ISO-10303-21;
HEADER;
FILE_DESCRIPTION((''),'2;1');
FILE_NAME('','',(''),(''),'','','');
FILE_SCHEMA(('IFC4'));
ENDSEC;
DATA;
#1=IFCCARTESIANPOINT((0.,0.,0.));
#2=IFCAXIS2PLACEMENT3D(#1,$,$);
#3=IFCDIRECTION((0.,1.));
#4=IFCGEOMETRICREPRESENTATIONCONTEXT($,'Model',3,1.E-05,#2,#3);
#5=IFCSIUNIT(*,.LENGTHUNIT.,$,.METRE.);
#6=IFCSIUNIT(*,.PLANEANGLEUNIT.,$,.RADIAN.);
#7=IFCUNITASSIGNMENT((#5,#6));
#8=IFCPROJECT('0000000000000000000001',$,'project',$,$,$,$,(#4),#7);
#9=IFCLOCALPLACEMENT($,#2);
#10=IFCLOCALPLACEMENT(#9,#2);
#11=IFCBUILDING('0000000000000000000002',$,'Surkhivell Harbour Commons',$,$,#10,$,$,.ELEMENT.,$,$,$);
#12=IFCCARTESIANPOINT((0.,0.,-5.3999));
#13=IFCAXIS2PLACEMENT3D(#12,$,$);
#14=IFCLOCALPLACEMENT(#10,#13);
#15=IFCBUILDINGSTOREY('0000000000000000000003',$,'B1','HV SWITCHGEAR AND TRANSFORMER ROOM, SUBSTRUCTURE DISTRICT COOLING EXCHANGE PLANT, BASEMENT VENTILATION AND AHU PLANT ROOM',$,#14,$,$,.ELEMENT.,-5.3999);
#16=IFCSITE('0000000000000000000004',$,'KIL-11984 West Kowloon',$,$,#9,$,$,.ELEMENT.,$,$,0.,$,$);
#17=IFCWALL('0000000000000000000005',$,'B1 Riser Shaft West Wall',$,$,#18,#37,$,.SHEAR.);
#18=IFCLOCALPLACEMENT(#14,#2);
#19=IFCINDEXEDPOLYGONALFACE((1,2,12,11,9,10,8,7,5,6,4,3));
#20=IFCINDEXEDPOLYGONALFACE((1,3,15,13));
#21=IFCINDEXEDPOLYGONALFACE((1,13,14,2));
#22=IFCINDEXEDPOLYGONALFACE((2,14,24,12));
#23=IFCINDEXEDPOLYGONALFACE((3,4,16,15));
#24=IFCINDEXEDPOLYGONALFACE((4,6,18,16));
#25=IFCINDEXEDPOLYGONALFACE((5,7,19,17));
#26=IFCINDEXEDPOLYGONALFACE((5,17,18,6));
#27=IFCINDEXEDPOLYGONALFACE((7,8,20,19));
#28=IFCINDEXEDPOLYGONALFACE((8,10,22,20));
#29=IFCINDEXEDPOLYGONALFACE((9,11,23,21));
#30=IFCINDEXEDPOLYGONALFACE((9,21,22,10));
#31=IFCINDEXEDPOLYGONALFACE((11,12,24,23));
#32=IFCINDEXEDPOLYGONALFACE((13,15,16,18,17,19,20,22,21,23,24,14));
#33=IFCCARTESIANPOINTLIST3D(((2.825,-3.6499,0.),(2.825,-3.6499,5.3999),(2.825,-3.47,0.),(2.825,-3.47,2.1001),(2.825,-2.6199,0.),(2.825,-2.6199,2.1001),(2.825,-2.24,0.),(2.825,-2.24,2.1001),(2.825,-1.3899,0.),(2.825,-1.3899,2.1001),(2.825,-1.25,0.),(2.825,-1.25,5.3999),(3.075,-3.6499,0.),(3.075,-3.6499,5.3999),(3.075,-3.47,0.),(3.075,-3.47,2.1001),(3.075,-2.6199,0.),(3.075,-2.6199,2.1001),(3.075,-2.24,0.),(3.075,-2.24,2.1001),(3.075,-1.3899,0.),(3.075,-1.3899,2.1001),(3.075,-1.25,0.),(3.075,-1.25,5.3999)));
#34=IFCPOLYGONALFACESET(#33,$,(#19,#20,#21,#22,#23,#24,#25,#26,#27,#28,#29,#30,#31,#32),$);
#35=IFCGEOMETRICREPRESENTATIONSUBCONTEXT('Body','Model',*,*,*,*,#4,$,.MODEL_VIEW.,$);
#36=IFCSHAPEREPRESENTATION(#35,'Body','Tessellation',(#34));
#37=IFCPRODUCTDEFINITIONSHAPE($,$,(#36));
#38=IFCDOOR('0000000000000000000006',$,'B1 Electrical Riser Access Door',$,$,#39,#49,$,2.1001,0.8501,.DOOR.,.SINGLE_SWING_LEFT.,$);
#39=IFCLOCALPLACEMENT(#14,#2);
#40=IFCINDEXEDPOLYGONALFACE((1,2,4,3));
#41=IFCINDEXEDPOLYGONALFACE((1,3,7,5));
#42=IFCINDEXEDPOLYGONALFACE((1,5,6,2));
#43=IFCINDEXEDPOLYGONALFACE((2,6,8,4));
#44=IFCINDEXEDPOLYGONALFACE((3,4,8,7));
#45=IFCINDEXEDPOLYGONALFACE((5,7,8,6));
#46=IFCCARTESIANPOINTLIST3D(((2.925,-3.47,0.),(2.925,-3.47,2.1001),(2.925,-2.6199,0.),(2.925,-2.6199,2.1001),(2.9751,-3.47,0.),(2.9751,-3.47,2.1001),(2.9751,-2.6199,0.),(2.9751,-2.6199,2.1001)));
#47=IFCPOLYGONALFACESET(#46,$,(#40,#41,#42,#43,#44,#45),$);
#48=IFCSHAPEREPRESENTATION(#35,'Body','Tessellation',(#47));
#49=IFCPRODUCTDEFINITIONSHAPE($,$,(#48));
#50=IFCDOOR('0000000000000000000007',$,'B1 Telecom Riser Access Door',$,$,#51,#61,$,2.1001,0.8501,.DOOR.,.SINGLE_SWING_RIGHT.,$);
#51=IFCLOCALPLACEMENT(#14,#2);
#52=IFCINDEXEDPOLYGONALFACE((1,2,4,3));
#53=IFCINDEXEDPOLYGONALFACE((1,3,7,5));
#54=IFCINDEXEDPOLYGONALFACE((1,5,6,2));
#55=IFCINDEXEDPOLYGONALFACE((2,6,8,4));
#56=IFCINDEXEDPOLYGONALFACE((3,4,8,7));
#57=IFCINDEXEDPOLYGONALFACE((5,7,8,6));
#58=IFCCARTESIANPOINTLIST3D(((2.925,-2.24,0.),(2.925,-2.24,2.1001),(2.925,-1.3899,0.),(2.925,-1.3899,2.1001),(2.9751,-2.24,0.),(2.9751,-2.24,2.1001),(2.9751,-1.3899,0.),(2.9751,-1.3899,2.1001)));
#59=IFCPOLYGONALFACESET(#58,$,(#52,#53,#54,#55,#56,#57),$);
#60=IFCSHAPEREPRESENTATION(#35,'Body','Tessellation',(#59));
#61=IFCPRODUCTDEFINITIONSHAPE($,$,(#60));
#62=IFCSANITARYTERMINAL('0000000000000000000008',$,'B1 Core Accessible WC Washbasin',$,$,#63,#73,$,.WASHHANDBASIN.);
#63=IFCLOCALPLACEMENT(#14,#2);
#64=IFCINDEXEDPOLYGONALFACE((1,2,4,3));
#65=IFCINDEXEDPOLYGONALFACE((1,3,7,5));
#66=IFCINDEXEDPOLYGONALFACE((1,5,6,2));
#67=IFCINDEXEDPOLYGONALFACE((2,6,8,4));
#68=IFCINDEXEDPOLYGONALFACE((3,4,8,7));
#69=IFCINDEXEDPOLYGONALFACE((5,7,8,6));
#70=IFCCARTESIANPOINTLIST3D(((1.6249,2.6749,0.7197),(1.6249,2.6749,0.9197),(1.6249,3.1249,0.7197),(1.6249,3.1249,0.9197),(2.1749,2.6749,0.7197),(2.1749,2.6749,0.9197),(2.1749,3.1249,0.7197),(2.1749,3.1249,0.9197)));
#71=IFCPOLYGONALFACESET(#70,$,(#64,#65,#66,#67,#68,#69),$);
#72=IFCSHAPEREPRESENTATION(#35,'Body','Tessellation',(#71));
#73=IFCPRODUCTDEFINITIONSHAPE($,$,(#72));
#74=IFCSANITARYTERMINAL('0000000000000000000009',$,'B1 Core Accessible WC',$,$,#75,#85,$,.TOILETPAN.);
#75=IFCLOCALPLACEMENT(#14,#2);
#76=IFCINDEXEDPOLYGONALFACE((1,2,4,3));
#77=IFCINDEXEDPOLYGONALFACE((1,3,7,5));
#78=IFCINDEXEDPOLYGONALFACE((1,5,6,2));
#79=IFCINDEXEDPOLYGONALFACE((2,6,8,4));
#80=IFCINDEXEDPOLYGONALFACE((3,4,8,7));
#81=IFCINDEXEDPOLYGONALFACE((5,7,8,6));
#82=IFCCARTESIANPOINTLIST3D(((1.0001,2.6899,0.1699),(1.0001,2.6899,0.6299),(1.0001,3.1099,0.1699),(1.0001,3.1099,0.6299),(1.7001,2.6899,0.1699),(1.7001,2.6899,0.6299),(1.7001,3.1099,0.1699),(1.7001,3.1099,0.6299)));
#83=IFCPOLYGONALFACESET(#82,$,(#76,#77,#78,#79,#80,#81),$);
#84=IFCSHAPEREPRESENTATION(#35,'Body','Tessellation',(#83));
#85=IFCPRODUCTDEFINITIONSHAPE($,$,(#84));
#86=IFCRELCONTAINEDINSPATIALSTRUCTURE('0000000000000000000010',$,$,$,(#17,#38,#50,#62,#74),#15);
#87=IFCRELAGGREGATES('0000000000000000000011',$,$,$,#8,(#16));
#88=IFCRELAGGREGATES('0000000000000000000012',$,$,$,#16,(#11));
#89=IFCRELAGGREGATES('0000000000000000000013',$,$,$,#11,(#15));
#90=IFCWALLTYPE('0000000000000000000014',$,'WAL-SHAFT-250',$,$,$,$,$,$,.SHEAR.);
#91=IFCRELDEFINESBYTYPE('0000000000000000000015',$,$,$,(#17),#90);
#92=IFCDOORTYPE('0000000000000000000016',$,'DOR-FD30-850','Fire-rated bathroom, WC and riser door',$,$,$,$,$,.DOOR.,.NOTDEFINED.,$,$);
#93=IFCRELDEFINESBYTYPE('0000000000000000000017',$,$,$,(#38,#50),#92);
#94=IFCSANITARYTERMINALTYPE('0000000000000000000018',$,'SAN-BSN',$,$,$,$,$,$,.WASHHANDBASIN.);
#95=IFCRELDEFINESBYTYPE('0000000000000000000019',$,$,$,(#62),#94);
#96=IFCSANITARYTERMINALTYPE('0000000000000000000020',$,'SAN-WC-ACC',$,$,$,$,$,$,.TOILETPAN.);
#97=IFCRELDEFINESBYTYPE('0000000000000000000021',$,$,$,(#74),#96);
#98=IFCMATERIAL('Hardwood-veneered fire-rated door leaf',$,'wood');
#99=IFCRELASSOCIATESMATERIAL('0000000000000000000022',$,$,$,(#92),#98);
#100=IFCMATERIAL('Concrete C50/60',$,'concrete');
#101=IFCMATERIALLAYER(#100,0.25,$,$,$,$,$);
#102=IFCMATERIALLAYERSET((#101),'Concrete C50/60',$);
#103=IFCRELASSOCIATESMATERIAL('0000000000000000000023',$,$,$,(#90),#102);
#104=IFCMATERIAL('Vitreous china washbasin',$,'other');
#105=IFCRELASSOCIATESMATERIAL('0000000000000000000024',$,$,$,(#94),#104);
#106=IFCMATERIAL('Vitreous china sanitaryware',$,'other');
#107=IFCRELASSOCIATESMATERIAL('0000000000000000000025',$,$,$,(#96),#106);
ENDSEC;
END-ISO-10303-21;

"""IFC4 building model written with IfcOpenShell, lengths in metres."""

from ifc_helpers import new_model, si_unit, direction, frame, frame_2d, origin, origin_2d, place, context, subcontext, project, spatial, rectangle, extrude, material, layer, layer_set, type_object, element, fill, save


model = new_model("IFC4")

# Units and contexts
model_context = context("Model", 3, precision=1e-05, world=origin(), true_north=direction((0.0, 1.0)))
body_context = subcontext(model_context, "Body", "Model", "MODEL_VIEW")
ifc_project = project(units=[si_unit("LENGTHUNIT", "METRE"), si_unit("PLANEANGLEUNIT", "RADIAN")], contexts=[model_context])

# Site, building, storey
site_placement = place(None, origin())
site = spatial("IfcSite", under=ifc_project, at=site_placement, Name="KIL-11984 West Kowloon", CompositionType="ELEMENT", RefElevation=0.0)
building_placement = place(site_placement, origin())
building = spatial("IfcBuilding", under=site, at=building_placement, Name="Surkhivell Harbour Commons", CompositionType="ELEMENT")
storey_placement = place(building_placement, frame((0.0, 0.0, -5.3999)))
storey = spatial("IfcBuildingStorey", under=building, at=storey_placement, Name="B1", Description="HV SWITCHGEAR AND TRANSFORMER ROOM, SUBSTRUCTURE DISTRICT COOLING EXCHANGE PLANT, BASEMENT VENTILATION AND AHU PLANT ROOM", CompositionType="ELEMENT", Elevation=-5.3999)

# Shared definitions
ifc_material_1 = material(Name="Concrete C50/60", Category="concrete")

# Shared definitions
ifc_material_2 = material(Name="Hardwood-veneered fire-rated door leaf", Category="wood")
door_type_1 = type_object("IfcDoorType", Name="DOR-FD30-850", Description="Fire-rated bathroom, WC and riser door", OperationType="NOTDEFINED", PredefinedType="DOOR", material=ifc_material_2)
ifc_layer_1 = layer(ifc_material_1, 0.25)
ifc_layer_set_1 = layer_set([ifc_layer_1], Name="Concrete C50/60")
wall_type_1 = type_object("IfcWallType", Name="WAL-SHAFT-250", PredefinedType="SHEAR", material=ifc_layer_set_1)

# Wall, openings, doors
wall_1_placement = place(storey_placement, frame((2.95, -3.6499, 0.0), z_axis=(0.0, 0.0, 1.0), x_axis=(0.0, 1.0, 0.0)))
wall_1 = element("IfcWall", 1, at=wall_1_placement, inside=storey, type_object=wall_type_1, Name="B1 Riser Shaft West Wall", PredefinedType="SHEAR", context=body_context, shape_type="SweptSolid", body=[
    extrude(rectangle(XDim=2.3999, YDim=0.25, at=frame_2d((1.2, 0.0))), origin(), (0.0, 0.0, 1.0), 5.3999),
])
opening_1_placement = place(wall_1_placement, frame((0.1799, 0.0, 0.0)))
opening_1 = element("IfcOpeningElement", 2, at=opening_1_placement, cuts=wall_1, PredefinedType="OPENING", context=body_context, shape_type="SweptSolid", body=[
    extrude(rectangle(XDim=0.8501, YDim=2.1001, at=frame_2d((0.425, 1.05))), frame((0.0, 0.135, 0.0), z_axis=(0.0, -1.0, 0.0), x_axis=(1.0, 0.0, 0.0)), (0.0, 0.0, 1.0), 0.27),
])
opening_2_placement = place(wall_1_placement, frame((1.4099, 0.0, 0.0)))
opening_2 = element("IfcOpeningElement", 3, at=opening_2_placement, cuts=wall_1, PredefinedType="OPENING", context=body_context, shape_type="SweptSolid", body=[
    extrude(rectangle(XDim=0.8501, YDim=2.1001, at=frame_2d((0.425, 1.05))), frame((0.0, 0.135, 0.0), z_axis=(0.0, -1.0, 0.0), x_axis=(1.0, 0.0, 0.0)), (0.0, 0.0, 1.0), 0.27),
])
door_1_placement = place(opening_1_placement, origin())
door_1 = element("IfcDoor", 4, at=door_1_placement, inside=storey, type_object=door_type_1, Name="B1 Electrical Riser Access Door", OperationType="SINGLE_SWING_LEFT", OverallHeight=2.1001, OverallWidth=0.8501, PredefinedType="DOOR", context=body_context, shape_type="SweptSolid", body=[
    extrude(rectangle(XDim=0.8501, YDim=2.1001, at=frame_2d((0.425, 1.05))), frame((0.0, 0.0249, 0.0), z_axis=(0.0, -1.0, 0.0), x_axis=(1.0, 0.0, 0.0)), (0.0, 0.0, 1.0), 0.05),
])
fill(opening_1, door_1)
door_2_placement = place(opening_2_placement, origin())
door_2 = element("IfcDoor", 5, at=door_2_placement, inside=storey, type_object=door_type_1, Name="B1 Telecom Riser Access Door", OperationType="SINGLE_SWING_RIGHT", OverallHeight=2.1001, OverallWidth=0.8501, PredefinedType="DOOR", context=body_context, shape_type="SweptSolid", body=[
    extrude(rectangle(XDim=0.8501, YDim=2.1001, at=frame_2d((0.425, 1.05))), frame((0.0, 0.0249, 0.0), z_axis=(0.0, -1.0, 0.0), x_axis=(1.0, 0.0, 0.0)), (0.0, 0.0, 1.0), 0.05),
])
fill(opening_2, door_2)

# Sanitary terminals
ifc_material_3 = material(Name="Vitreous china washbasin", Category="other")
sanitary_terminal_type_1 = type_object("IfcSanitaryTerminalType", Name="SAN-BSN", PredefinedType="WASHHANDBASIN", material=ifc_material_3)
sanitary_terminal_1_placement = place(storey_placement, frame((1.8999, 2.8999, 0.7197), z_axis=(0.0, 0.0, 1.0), x_axis=(1.0, 0.0, 0.0)))
element("IfcSanitaryTerminal", 6, at=sanitary_terminal_1_placement, inside=storey, type_object=sanitary_terminal_type_1, Name="B1 Core Accessible WC Washbasin", PredefinedType="WASHHANDBASIN", context=body_context, shape_type="SweptSolid", body=[
    extrude(rectangle(XDim=0.55, YDim=0.45, at=origin_2d()), origin(), (0.0, 0.0, 1.0), 0.2),
])
ifc_material_4 = material(Name="Vitreous china sanitaryware", Category="other")
sanitary_terminal_type_2 = type_object("IfcSanitaryTerminalType", Name="SAN-WC-ACC", PredefinedType="TOILETPAN", material=ifc_material_4)
sanitary_terminal_2_placement = place(storey_placement, frame((1.3501, 2.8999, 0.1699), z_axis=(0.0, 0.0, 1.0), x_axis=(1.0, 0.0, 0.0)))
element("IfcSanitaryTerminal", 7, at=sanitary_terminal_2_placement, inside=storey, type_object=sanitary_terminal_type_2, Name="B1 Core Accessible WC", PredefinedType="TOILETPAN", context=body_context, shape_type="SweptSolid", body=[
    extrude(rectangle(XDim=0.7, YDim=0.4199, at=origin_2d()), origin(), (0.0, 0.0, 1.0), 0.46),
])

save(model, "model.ifc")
